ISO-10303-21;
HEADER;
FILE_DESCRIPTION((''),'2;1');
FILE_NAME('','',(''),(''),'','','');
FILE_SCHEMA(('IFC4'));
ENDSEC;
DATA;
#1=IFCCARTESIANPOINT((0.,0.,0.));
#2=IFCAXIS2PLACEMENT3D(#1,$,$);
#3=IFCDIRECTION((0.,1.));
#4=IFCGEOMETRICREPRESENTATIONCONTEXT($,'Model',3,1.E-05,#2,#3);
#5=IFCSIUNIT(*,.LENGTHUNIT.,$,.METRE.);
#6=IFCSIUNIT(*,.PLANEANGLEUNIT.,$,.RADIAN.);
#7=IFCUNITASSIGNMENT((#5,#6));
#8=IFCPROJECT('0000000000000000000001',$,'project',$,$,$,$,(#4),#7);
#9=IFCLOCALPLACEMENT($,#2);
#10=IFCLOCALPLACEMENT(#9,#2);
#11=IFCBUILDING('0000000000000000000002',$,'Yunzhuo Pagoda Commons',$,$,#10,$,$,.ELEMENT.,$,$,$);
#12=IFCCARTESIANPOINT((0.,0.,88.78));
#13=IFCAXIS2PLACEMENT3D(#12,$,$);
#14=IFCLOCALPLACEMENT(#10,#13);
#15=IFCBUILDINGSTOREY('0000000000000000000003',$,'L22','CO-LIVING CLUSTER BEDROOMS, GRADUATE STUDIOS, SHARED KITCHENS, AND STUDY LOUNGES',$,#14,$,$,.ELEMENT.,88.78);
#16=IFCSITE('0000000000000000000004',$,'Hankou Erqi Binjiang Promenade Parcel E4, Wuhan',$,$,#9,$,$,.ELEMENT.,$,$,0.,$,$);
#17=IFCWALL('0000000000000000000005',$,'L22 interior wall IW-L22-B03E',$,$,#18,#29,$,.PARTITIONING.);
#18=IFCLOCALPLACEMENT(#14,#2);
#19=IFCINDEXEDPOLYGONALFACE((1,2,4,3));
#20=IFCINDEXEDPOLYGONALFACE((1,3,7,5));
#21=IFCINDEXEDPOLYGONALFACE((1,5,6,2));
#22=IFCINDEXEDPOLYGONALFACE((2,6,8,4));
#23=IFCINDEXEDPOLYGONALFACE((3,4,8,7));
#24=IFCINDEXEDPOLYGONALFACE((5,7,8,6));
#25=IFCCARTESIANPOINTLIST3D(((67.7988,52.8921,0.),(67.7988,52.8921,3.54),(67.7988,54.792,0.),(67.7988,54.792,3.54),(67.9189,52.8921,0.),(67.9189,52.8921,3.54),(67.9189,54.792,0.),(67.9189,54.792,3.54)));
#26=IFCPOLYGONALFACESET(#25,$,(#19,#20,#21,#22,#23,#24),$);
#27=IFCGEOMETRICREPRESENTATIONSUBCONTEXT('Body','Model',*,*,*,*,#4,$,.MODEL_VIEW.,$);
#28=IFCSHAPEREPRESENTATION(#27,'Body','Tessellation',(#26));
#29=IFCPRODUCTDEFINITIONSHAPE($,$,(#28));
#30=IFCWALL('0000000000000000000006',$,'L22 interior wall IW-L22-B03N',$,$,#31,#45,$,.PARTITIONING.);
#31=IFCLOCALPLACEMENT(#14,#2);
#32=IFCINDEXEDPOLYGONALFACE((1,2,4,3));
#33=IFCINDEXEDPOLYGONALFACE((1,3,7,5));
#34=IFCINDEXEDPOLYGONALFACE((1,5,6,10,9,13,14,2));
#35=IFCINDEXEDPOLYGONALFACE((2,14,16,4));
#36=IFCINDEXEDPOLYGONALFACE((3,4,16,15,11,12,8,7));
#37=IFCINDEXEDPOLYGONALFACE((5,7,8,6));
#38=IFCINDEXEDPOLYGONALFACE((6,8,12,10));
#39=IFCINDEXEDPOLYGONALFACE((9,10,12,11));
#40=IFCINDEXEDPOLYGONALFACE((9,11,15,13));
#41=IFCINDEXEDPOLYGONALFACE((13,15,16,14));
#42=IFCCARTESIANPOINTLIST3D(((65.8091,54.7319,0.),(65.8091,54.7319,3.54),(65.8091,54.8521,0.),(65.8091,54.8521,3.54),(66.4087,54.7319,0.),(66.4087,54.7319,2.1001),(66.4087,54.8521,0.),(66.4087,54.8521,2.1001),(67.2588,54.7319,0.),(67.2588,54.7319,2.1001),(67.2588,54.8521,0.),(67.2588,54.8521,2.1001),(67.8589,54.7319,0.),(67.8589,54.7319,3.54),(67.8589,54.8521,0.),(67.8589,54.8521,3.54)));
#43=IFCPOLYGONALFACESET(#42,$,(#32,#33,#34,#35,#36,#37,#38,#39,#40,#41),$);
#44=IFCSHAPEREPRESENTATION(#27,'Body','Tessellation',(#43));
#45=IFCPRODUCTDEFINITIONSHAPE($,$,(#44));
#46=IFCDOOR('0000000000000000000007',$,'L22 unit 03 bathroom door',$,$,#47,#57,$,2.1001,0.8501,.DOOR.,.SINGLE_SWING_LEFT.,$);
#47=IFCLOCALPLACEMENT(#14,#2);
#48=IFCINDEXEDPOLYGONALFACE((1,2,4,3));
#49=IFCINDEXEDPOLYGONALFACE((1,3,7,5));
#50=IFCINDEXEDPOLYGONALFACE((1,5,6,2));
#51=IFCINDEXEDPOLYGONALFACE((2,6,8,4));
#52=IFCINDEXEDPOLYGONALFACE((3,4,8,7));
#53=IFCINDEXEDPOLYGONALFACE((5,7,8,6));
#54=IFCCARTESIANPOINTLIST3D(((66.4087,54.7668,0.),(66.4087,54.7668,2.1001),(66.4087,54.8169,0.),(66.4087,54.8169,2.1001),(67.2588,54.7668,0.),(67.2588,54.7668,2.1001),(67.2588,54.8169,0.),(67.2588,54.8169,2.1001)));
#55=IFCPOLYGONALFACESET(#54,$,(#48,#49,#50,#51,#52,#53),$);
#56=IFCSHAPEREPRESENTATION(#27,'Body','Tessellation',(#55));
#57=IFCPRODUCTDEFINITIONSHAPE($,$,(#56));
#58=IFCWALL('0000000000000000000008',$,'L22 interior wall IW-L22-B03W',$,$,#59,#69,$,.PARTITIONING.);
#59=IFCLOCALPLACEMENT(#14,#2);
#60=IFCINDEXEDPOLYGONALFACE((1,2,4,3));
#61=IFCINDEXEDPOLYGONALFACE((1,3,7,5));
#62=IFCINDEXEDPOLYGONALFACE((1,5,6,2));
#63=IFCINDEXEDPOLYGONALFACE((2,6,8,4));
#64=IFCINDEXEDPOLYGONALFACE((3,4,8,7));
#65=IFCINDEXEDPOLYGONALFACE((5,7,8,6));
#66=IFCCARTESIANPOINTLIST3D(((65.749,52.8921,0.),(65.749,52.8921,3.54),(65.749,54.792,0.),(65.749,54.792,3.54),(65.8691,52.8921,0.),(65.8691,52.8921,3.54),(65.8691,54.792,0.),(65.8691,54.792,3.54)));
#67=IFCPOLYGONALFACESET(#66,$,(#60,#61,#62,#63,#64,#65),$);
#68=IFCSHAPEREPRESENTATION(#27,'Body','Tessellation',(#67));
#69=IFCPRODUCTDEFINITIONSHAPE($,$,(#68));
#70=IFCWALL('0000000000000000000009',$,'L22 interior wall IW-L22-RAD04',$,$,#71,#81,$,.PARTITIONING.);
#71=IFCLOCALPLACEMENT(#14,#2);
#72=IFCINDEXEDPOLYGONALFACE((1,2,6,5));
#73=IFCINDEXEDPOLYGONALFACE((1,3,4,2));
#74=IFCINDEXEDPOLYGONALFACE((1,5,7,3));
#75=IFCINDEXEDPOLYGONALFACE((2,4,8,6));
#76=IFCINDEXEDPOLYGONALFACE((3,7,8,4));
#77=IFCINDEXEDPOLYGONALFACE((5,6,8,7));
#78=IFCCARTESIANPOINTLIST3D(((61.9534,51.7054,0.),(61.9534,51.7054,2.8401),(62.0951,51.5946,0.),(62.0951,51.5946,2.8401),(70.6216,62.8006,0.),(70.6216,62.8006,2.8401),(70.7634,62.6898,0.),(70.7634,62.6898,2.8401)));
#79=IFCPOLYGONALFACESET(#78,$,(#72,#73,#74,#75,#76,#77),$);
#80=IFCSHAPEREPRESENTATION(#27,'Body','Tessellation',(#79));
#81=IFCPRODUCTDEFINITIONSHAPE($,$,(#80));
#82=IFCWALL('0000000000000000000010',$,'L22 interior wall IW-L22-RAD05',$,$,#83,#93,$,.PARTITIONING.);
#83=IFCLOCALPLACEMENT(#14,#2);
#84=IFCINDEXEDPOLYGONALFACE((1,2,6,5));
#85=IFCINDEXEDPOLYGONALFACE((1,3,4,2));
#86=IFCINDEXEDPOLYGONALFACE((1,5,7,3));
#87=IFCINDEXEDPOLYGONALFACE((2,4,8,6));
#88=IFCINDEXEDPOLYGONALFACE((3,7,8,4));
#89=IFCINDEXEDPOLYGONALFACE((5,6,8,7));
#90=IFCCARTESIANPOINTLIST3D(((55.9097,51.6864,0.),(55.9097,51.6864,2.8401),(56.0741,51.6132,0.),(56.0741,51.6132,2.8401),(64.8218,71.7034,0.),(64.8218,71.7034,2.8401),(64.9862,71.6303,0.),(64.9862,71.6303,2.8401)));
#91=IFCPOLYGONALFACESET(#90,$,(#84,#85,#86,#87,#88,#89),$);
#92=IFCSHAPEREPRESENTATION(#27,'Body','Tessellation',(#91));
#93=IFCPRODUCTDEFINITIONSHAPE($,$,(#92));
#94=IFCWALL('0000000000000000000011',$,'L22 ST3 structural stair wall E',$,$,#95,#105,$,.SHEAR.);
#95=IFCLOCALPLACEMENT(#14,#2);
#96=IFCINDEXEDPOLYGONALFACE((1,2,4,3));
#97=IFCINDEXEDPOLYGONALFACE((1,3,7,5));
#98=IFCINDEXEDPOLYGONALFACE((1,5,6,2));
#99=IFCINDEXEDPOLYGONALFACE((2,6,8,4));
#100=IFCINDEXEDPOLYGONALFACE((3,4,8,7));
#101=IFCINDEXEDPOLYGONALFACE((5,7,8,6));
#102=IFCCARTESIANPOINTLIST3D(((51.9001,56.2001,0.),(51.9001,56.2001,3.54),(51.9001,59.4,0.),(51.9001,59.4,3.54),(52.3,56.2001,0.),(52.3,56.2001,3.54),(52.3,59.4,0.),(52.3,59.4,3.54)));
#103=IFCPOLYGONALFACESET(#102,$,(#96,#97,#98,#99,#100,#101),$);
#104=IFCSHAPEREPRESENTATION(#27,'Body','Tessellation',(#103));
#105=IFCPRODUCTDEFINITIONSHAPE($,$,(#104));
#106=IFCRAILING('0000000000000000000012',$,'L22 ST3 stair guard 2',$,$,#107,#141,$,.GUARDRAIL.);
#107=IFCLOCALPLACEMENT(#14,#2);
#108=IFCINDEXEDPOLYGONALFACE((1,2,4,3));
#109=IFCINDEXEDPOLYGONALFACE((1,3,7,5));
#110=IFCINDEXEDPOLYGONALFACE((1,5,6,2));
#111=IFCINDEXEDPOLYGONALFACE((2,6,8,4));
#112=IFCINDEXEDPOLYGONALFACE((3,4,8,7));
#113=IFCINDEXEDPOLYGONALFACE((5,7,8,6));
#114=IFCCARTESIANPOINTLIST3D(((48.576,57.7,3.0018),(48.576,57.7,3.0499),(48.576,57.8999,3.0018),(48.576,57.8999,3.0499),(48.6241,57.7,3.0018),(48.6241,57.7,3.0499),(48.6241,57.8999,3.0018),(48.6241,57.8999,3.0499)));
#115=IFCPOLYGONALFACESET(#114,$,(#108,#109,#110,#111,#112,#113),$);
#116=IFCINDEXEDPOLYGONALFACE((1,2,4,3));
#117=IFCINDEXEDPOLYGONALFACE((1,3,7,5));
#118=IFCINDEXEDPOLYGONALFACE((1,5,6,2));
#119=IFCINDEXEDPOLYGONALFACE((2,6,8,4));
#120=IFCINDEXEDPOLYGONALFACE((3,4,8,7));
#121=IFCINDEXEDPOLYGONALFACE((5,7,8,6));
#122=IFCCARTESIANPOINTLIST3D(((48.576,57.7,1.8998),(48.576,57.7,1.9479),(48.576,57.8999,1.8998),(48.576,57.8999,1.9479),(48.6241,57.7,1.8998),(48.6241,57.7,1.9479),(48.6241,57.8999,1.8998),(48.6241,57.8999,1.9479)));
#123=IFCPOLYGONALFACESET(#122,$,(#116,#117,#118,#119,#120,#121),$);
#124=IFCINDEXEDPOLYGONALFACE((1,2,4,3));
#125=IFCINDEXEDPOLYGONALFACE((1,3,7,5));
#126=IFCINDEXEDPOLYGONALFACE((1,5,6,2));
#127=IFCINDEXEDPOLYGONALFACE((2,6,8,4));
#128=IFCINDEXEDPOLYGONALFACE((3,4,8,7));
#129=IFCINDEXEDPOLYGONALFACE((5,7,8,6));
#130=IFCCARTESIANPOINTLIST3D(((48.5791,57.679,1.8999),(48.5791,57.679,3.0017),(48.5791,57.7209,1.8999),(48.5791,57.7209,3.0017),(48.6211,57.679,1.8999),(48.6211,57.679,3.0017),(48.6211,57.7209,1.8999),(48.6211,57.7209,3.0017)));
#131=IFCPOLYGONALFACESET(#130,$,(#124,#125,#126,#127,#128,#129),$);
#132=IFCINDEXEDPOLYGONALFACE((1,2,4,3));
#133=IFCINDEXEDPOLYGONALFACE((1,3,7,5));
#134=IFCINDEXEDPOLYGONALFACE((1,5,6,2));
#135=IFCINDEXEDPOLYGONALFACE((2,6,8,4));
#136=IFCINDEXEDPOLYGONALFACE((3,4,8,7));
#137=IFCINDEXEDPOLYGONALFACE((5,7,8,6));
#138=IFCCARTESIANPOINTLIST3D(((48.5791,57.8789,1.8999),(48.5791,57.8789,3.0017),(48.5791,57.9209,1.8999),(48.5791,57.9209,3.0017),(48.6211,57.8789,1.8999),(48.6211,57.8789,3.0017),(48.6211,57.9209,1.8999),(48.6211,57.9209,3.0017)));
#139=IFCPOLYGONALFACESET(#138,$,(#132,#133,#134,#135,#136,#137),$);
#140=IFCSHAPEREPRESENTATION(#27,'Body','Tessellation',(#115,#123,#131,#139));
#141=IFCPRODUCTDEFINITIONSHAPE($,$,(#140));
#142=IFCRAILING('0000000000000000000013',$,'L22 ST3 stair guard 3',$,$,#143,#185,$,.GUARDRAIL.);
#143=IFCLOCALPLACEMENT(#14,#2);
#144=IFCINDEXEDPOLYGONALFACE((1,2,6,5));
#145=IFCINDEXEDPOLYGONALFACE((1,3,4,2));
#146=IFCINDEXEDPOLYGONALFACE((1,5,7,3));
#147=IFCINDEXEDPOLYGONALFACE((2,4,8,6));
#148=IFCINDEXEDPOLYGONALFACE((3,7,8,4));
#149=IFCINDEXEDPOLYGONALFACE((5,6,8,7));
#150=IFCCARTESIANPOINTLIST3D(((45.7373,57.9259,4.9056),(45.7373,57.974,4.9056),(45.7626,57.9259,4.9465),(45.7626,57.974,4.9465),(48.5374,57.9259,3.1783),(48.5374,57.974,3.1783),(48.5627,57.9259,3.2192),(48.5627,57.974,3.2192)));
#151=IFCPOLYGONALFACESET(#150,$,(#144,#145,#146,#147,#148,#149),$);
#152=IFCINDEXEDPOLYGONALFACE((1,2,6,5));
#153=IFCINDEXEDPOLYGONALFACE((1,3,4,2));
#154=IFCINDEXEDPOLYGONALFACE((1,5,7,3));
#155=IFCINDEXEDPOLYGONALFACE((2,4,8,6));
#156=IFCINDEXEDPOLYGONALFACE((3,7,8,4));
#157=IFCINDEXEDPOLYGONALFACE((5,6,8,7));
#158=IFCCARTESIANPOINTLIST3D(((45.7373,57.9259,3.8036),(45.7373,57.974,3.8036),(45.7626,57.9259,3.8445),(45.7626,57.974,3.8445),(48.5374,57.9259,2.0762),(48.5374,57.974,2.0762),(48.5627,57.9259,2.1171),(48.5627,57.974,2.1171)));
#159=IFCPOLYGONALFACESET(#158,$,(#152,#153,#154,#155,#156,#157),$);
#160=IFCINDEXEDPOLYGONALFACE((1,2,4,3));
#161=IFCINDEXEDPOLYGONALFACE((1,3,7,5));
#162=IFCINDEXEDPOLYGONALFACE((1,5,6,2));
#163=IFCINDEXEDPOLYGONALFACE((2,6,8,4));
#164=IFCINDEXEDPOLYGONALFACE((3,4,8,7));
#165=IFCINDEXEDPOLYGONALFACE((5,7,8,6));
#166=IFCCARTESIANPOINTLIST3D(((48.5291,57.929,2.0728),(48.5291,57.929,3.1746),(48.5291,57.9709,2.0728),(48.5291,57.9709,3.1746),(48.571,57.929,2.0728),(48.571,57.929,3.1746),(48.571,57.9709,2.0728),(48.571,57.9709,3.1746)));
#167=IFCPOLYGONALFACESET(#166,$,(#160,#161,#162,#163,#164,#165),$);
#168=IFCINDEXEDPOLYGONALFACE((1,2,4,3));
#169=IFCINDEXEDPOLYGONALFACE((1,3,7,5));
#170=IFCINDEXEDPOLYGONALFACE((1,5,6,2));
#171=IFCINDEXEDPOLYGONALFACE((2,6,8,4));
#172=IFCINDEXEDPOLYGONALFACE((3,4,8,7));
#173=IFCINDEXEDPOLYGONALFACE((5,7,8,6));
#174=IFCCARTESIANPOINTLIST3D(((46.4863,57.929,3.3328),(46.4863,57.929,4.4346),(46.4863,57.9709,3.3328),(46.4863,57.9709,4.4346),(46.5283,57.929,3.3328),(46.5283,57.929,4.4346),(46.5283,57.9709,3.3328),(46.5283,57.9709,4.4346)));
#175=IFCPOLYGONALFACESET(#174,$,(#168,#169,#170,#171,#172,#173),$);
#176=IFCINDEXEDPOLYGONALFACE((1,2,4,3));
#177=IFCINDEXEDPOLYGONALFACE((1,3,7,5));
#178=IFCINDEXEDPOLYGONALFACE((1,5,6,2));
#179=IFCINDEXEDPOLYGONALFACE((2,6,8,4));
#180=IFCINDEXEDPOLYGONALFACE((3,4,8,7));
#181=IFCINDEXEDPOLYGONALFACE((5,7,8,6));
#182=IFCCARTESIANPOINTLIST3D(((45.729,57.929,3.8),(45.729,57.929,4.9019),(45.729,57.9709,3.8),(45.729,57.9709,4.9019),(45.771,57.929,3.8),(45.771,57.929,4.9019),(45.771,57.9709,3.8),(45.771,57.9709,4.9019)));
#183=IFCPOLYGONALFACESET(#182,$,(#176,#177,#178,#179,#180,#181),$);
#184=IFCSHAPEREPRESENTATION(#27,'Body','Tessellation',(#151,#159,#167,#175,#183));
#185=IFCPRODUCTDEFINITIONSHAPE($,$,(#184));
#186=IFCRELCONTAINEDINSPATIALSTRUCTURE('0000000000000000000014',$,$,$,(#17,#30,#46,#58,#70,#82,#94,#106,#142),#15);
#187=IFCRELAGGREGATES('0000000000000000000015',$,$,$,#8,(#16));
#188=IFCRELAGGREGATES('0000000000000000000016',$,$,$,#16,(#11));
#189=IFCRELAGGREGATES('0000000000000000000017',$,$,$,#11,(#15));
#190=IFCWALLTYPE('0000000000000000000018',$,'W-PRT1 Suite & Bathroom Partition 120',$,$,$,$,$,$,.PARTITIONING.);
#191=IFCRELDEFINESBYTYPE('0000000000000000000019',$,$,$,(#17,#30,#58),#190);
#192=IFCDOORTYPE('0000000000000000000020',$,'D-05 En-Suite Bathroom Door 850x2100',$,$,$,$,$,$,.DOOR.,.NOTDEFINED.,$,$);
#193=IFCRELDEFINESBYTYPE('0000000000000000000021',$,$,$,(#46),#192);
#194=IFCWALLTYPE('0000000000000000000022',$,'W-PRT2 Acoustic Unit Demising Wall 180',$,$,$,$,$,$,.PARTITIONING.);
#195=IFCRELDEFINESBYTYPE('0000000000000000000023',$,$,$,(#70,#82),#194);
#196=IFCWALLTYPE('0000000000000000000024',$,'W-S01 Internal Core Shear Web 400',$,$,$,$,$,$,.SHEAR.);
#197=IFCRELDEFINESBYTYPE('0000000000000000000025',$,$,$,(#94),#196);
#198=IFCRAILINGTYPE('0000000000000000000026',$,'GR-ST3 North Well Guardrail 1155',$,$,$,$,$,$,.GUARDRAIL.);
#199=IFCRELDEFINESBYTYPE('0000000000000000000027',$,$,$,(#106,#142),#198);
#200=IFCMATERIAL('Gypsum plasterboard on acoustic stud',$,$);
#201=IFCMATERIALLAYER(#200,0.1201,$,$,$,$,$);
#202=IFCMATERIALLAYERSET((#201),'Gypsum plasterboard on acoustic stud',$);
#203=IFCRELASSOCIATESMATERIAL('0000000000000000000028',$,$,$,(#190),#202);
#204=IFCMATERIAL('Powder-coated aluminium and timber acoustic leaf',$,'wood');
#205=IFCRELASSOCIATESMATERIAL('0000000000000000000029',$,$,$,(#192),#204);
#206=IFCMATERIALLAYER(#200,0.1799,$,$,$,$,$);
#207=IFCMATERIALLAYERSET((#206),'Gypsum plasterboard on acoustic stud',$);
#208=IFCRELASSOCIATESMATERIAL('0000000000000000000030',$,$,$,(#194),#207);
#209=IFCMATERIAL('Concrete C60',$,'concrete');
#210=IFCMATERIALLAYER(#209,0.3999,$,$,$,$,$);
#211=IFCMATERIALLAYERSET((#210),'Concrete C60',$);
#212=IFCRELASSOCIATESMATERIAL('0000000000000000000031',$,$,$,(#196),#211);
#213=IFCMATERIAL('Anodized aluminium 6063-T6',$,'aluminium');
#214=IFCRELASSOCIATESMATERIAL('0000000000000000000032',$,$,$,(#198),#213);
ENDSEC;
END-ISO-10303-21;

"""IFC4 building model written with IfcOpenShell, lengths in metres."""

from ifc_helpers import new_model, si_unit, direction, frame, frame_2d, origin, origin_2d, place, context, subcontext, project, spatial, rectangle, extrude, source, transform, mapped, material, layer, layer_set, type_object, element, fill, save


model = new_model("IFC4")

# Units and contexts
model_context = context("Model", 3, precision=1e-05, world=origin(), true_north=direction((0.0, 1.0)))
body_context = subcontext(model_context, "Body", "Model", "MODEL_VIEW")
ifc_project = project(units=[si_unit("LENGTHUNIT", "METRE"), si_unit("PLANEANGLEUNIT", "RADIAN")], contexts=[model_context])

# Site, building, storey
site_placement = place(None, origin())
site = spatial("IfcSite", under=ifc_project, at=site_placement, Name="Hankou Erqi Binjiang Promenade Parcel E4, Wuhan", CompositionType="ELEMENT", RefElevation=0.0)
building_placement = place(site_placement, origin())
building = spatial("IfcBuilding", under=site, at=building_placement, Name="Yunzhuo Pagoda Commons", CompositionType="ELEMENT")
storey_placement = place(building_placement, frame((0.0, 0.0, 88.78)))
storey = spatial("IfcBuildingStorey", under=building, at=storey_placement, Name="L22", Description="CO-LIVING CLUSTER BEDROOMS, GRADUATE STUDIOS, SHARED KITCHENS, AND STUDY LOUNGES", CompositionType="ELEMENT", Elevation=88.78)

# Shared definitions
ifc_material_1 = material(Name="Anodized aluminium 6063-T6", Category="aluminium")

# Shared definitions
ifc_material_2 = material(Name="Gypsum plasterboard on acoustic stud")

# Wall
ifc_layer_1 = layer(ifc_material_2, 0.1201)
ifc_layer_set_1 = layer_set([ifc_layer_1], Name="Gypsum plasterboard on acoustic stud")
wall_type_1 = type_object("IfcWallType", Name="W-PRT1 Suite & Bathroom Partition 120", PredefinedType="PARTITIONING", material=ifc_layer_set_1)
wall_1_placement = place(storey_placement, frame((67.8589, 52.8921, 0.0), z_axis=(0.0, 0.0, 1.0), x_axis=(0.0, 1.0, 0.0)))
element("IfcWall", 1, at=wall_1_placement, inside=storey, type_object=wall_type_1, Name="L22 interior wall IW-L22-B03E", PredefinedType="PARTITIONING", context=body_context, shape_type="SweptSolid", body=[
    extrude(rectangle(XDim=1.8999, YDim=0.1201, at=frame_2d((0.95, 0.0))), origin(), (0.0, 0.0, 1.0), 3.54),
])

# Wall, opening, door
wall_2_placement = place(storey_placement, frame((67.8589, 54.792, 0.0), z_axis=(0.0, 0.0, 1.0), x_axis=(-1.0, 0.0, 0.0)))
wall_2 = element("IfcWall", 2, at=wall_2_placement, inside=storey, type_object=wall_type_1, Name="L22 interior wall IW-L22-B03N", PredefinedType="PARTITIONING", context=body_context, shape_type="SweptSolid", body=[
    extrude(rectangle(XDim=2.0498, YDim=0.1201, at=frame_2d((1.0249, 0.0))), origin(), (0.0, 0.0, 1.0), 3.54),
])
opening_1_placement = place(wall_2_placement, frame((0.6001, 0.0, 0.0)))
opening_1 = element("IfcOpeningElement", 3, at=opening_1_placement, cuts=wall_2, PredefinedType="OPENING", context=body_context, shape_type="SweptSolid", body=[
    extrude(rectangle(XDim=0.8501, YDim=2.1001, at=frame_2d((0.425, 1.05))), frame((0.0, 0.0701, 0.0), z_axis=(0.0, -1.0, 0.0), x_axis=(1.0, 0.0, 0.0)), (0.0, 0.0, 1.0), 0.1401),
])
ifc_material_3 = material(Name="Powder-coated aluminium and timber acoustic leaf", Category="wood")
door_type_1 = type_object("IfcDoorType", Name="D-05 En-Suite Bathroom Door 850x2100", OperationType="NOTDEFINED", PredefinedType="DOOR", material=ifc_material_3)
shared_shape_1 = source(origin(), body_context, "Body", "SweptSolid", [
    extrude(rectangle(XDim=0.8501, YDim=2.1001, at=frame_2d((0.425, 1.05))), frame((0.0, 0.0249, 0.0), z_axis=(0.0, -1.0, 0.0), x_axis=(1.0, 0.0, 0.0)), (0.0, 0.0, 1.0), 0.05),
])
door_1_placement = place(opening_1_placement, frame((0.8501, 0.0, 0.0), z_axis=(0.0, 0.0, 1.0), x_axis=(-1.0, 0.0, 0.0)))
door_1 = element("IfcDoor", 4, at=door_1_placement, inside=storey, type_object=door_type_1, Name="L22 unit 03 bathroom door", OperationType="SINGLE_SWING_LEFT", OverallHeight=2.1001, OverallWidth=0.8501, PredefinedType="DOOR", context=body_context, shape_type="MappedRepresentation", body=[
    mapped(shared_shape_1, transform((0.0, 0.0, 0.0), scale=1.0)),
])
fill(opening_1, door_1)

# Walls
wall_3_placement = place(storey_placement, frame((65.8091, 54.792, 0.0), z_axis=(0.0, 0.0, 1.0), x_axis=(0.0, -1.0, 0.0)))
element("IfcWall", 5, at=wall_3_placement, inside=storey, type_object=wall_type_1, Name="L22 interior wall IW-L22-B03W", PredefinedType="PARTITIONING", context=body_context, shape_type="SweptSolid", body=[
    extrude(rectangle(XDim=1.8999, YDim=0.1201, at=frame_2d((0.95, 0.0))), origin(), (0.0, 0.0, 1.0), 3.54),
])
ifc_layer_2 = layer(ifc_material_2, 0.1799)
ifc_layer_set_2 = layer_set([ifc_layer_2], Name="Gypsum plasterboard on acoustic stud")
wall_type_2 = type_object("IfcWallType", Name="W-PRT2 Acoustic Unit Demising Wall 180", PredefinedType="PARTITIONING", material=ifc_layer_set_2)
wall_4_placement = place(storey_placement, frame((62.0242, 51.6499, 0.0), z_axis=(0.0, 0.0, 1.0), x_axis=(0.615647, 0.788022, 0.0)))
element("IfcWall", 6, at=wall_4_placement, inside=storey, type_object=wall_type_2, Name="L22 interior wall IW-L22-RAD04", PredefinedType="PARTITIONING", context=body_context, shape_type="SweptSolid", body=[
    extrude(rectangle(XDim=14.0798, YDim=0.1799, at=frame_2d((7.04, 0.0))), origin(), (0.0, 0.0, 1.0), 2.8401),
])
wall_5_placement = place(storey_placement, frame((55.9919, 51.6499, 0.0), z_axis=(0.0, 0.0, 1.0), x_axis=(0.406734, 0.913547, 0.0)))
element("IfcWall", 7, at=wall_5_placement, inside=storey, type_object=wall_type_2, Name="L22 interior wall IW-L22-RAD05", PredefinedType="PARTITIONING", context=body_context, shape_type="SweptSolid", body=[
    extrude(rectangle(XDim=21.9114, YDim=0.1799, at=frame_2d((10.9556, 0.0))), origin(), (0.0, 0.0, 1.0), 2.8401),
])
ifc_material_4 = material(Name="Concrete C60", Category="concrete")
ifc_layer_3 = layer(ifc_material_4, 0.3999)
ifc_layer_set_3 = layer_set([ifc_layer_3], Name="Concrete C60")
wall_type_3 = type_object("IfcWallType", Name="W-S01 Internal Core Shear Web 400", PredefinedType="SHEAR", material=ifc_layer_set_3)
wall_6_placement = place(storey_placement, frame((52.1001, 56.2, 0.0), z_axis=(0.0, 0.0, 1.0), x_axis=(0.0, 1.0, 0.0)))
element("IfcWall", 8, at=wall_6_placement, inside=storey, type_object=wall_type_3, Name="L22 ST3 structural stair wall E", PredefinedType="SHEAR", context=body_context, shape_type="SweptSolid", body=[
    extrude(rectangle(XDim=3.2, YDim=0.3999, at=frame_2d((1.6001, 0.0))), origin(), (0.0, 0.0, 1.0), 3.54),
])

# Railings
railing_type = type_object("IfcRailingType", Name="GR-ST3 North Well Guardrail 1155", PredefinedType="GUARDRAIL", material=ifc_material_1)
railing_1_placement = place(storey_placement, frame((48.6001, 57.7, 1.8999)))
element("IfcRailing", 9, at=railing_1_placement, inside=storey, type_object=railing_type, Name="L22 ST3 stair guard 2", PredefinedType="GUARDRAIL", context=body_context, shape_type="SweptSolid", body=[
    extrude(rectangle(XDim=0.0481, YDim=0.0481, at=origin_2d()), frame((0.0, 0.0, 1.126), z_axis=(0.0, 1.0, 0.0), x_axis=(-1.0, 0.0, 0.0)), (0.0, 0.0, 1.0), 0.2),
    extrude(rectangle(XDim=0.0481, YDim=0.0481, at=origin_2d()), frame((0.0, 0.0, 0.0239), z_axis=(0.0, 1.0, 0.0), x_axis=(-1.0, 0.0, 0.0)), (0.0, 0.0, 1.0), 0.2),
    extrude(rectangle(XDim=0.042, YDim=0.042, at=origin_2d()), origin(), (0.0, 0.0, 1.0), 1.1018),
    extrude(rectangle(XDim=0.042, YDim=0.042, at=origin_2d()), frame((0.0, 0.2, 0.0)), (0.0, 0.0, 1.0), 1.1018),
])
railing_2_placement = place(storey_placement, frame((48.55, 57.95, 2.0728)))
element("IfcRailing", 10, at=railing_2_placement, inside=storey, type_object=railing_type, Name="L22 ST3 stair guard 3", PredefinedType="GUARDRAIL", context=body_context, shape_type="SweptSolid", body=[
    extrude(rectangle(XDim=0.0481, YDim=0.0481, at=origin_2d()), frame((0.0, 0.0, 1.126), z_axis=(-0.85109, 0.0, 0.52502), x_axis=(0.0, -1.0, 0.0)), (0.0, 0.0, 1.0), 3.29),
    extrude(rectangle(XDim=0.0481, YDim=0.0481, at=origin_2d()), frame((0.0, 0.0, 0.0239), z_axis=(-0.85109, 0.0, 0.52502), x_axis=(0.0, -1.0, 0.0)), (0.0, 0.0, 1.0), 3.29),
    extrude(rectangle(XDim=0.042, YDim=0.042, at=origin_2d()), origin(), (0.0, 0.0, 1.0), 1.1018),
    extrude(rectangle(XDim=0.042, YDim=0.042, at=origin_2d()), frame((-2.0427, 0.0, 1.26)), (0.0, 0.0, 1.0), 1.1018),
    extrude(rectangle(XDim=0.042, YDim=0.042, at=origin_2d()), frame((-2.8, 0.0, 1.7273)), (0.0, 0.0, 1.0), 1.1018),
])

save(model, "model.ifc")
